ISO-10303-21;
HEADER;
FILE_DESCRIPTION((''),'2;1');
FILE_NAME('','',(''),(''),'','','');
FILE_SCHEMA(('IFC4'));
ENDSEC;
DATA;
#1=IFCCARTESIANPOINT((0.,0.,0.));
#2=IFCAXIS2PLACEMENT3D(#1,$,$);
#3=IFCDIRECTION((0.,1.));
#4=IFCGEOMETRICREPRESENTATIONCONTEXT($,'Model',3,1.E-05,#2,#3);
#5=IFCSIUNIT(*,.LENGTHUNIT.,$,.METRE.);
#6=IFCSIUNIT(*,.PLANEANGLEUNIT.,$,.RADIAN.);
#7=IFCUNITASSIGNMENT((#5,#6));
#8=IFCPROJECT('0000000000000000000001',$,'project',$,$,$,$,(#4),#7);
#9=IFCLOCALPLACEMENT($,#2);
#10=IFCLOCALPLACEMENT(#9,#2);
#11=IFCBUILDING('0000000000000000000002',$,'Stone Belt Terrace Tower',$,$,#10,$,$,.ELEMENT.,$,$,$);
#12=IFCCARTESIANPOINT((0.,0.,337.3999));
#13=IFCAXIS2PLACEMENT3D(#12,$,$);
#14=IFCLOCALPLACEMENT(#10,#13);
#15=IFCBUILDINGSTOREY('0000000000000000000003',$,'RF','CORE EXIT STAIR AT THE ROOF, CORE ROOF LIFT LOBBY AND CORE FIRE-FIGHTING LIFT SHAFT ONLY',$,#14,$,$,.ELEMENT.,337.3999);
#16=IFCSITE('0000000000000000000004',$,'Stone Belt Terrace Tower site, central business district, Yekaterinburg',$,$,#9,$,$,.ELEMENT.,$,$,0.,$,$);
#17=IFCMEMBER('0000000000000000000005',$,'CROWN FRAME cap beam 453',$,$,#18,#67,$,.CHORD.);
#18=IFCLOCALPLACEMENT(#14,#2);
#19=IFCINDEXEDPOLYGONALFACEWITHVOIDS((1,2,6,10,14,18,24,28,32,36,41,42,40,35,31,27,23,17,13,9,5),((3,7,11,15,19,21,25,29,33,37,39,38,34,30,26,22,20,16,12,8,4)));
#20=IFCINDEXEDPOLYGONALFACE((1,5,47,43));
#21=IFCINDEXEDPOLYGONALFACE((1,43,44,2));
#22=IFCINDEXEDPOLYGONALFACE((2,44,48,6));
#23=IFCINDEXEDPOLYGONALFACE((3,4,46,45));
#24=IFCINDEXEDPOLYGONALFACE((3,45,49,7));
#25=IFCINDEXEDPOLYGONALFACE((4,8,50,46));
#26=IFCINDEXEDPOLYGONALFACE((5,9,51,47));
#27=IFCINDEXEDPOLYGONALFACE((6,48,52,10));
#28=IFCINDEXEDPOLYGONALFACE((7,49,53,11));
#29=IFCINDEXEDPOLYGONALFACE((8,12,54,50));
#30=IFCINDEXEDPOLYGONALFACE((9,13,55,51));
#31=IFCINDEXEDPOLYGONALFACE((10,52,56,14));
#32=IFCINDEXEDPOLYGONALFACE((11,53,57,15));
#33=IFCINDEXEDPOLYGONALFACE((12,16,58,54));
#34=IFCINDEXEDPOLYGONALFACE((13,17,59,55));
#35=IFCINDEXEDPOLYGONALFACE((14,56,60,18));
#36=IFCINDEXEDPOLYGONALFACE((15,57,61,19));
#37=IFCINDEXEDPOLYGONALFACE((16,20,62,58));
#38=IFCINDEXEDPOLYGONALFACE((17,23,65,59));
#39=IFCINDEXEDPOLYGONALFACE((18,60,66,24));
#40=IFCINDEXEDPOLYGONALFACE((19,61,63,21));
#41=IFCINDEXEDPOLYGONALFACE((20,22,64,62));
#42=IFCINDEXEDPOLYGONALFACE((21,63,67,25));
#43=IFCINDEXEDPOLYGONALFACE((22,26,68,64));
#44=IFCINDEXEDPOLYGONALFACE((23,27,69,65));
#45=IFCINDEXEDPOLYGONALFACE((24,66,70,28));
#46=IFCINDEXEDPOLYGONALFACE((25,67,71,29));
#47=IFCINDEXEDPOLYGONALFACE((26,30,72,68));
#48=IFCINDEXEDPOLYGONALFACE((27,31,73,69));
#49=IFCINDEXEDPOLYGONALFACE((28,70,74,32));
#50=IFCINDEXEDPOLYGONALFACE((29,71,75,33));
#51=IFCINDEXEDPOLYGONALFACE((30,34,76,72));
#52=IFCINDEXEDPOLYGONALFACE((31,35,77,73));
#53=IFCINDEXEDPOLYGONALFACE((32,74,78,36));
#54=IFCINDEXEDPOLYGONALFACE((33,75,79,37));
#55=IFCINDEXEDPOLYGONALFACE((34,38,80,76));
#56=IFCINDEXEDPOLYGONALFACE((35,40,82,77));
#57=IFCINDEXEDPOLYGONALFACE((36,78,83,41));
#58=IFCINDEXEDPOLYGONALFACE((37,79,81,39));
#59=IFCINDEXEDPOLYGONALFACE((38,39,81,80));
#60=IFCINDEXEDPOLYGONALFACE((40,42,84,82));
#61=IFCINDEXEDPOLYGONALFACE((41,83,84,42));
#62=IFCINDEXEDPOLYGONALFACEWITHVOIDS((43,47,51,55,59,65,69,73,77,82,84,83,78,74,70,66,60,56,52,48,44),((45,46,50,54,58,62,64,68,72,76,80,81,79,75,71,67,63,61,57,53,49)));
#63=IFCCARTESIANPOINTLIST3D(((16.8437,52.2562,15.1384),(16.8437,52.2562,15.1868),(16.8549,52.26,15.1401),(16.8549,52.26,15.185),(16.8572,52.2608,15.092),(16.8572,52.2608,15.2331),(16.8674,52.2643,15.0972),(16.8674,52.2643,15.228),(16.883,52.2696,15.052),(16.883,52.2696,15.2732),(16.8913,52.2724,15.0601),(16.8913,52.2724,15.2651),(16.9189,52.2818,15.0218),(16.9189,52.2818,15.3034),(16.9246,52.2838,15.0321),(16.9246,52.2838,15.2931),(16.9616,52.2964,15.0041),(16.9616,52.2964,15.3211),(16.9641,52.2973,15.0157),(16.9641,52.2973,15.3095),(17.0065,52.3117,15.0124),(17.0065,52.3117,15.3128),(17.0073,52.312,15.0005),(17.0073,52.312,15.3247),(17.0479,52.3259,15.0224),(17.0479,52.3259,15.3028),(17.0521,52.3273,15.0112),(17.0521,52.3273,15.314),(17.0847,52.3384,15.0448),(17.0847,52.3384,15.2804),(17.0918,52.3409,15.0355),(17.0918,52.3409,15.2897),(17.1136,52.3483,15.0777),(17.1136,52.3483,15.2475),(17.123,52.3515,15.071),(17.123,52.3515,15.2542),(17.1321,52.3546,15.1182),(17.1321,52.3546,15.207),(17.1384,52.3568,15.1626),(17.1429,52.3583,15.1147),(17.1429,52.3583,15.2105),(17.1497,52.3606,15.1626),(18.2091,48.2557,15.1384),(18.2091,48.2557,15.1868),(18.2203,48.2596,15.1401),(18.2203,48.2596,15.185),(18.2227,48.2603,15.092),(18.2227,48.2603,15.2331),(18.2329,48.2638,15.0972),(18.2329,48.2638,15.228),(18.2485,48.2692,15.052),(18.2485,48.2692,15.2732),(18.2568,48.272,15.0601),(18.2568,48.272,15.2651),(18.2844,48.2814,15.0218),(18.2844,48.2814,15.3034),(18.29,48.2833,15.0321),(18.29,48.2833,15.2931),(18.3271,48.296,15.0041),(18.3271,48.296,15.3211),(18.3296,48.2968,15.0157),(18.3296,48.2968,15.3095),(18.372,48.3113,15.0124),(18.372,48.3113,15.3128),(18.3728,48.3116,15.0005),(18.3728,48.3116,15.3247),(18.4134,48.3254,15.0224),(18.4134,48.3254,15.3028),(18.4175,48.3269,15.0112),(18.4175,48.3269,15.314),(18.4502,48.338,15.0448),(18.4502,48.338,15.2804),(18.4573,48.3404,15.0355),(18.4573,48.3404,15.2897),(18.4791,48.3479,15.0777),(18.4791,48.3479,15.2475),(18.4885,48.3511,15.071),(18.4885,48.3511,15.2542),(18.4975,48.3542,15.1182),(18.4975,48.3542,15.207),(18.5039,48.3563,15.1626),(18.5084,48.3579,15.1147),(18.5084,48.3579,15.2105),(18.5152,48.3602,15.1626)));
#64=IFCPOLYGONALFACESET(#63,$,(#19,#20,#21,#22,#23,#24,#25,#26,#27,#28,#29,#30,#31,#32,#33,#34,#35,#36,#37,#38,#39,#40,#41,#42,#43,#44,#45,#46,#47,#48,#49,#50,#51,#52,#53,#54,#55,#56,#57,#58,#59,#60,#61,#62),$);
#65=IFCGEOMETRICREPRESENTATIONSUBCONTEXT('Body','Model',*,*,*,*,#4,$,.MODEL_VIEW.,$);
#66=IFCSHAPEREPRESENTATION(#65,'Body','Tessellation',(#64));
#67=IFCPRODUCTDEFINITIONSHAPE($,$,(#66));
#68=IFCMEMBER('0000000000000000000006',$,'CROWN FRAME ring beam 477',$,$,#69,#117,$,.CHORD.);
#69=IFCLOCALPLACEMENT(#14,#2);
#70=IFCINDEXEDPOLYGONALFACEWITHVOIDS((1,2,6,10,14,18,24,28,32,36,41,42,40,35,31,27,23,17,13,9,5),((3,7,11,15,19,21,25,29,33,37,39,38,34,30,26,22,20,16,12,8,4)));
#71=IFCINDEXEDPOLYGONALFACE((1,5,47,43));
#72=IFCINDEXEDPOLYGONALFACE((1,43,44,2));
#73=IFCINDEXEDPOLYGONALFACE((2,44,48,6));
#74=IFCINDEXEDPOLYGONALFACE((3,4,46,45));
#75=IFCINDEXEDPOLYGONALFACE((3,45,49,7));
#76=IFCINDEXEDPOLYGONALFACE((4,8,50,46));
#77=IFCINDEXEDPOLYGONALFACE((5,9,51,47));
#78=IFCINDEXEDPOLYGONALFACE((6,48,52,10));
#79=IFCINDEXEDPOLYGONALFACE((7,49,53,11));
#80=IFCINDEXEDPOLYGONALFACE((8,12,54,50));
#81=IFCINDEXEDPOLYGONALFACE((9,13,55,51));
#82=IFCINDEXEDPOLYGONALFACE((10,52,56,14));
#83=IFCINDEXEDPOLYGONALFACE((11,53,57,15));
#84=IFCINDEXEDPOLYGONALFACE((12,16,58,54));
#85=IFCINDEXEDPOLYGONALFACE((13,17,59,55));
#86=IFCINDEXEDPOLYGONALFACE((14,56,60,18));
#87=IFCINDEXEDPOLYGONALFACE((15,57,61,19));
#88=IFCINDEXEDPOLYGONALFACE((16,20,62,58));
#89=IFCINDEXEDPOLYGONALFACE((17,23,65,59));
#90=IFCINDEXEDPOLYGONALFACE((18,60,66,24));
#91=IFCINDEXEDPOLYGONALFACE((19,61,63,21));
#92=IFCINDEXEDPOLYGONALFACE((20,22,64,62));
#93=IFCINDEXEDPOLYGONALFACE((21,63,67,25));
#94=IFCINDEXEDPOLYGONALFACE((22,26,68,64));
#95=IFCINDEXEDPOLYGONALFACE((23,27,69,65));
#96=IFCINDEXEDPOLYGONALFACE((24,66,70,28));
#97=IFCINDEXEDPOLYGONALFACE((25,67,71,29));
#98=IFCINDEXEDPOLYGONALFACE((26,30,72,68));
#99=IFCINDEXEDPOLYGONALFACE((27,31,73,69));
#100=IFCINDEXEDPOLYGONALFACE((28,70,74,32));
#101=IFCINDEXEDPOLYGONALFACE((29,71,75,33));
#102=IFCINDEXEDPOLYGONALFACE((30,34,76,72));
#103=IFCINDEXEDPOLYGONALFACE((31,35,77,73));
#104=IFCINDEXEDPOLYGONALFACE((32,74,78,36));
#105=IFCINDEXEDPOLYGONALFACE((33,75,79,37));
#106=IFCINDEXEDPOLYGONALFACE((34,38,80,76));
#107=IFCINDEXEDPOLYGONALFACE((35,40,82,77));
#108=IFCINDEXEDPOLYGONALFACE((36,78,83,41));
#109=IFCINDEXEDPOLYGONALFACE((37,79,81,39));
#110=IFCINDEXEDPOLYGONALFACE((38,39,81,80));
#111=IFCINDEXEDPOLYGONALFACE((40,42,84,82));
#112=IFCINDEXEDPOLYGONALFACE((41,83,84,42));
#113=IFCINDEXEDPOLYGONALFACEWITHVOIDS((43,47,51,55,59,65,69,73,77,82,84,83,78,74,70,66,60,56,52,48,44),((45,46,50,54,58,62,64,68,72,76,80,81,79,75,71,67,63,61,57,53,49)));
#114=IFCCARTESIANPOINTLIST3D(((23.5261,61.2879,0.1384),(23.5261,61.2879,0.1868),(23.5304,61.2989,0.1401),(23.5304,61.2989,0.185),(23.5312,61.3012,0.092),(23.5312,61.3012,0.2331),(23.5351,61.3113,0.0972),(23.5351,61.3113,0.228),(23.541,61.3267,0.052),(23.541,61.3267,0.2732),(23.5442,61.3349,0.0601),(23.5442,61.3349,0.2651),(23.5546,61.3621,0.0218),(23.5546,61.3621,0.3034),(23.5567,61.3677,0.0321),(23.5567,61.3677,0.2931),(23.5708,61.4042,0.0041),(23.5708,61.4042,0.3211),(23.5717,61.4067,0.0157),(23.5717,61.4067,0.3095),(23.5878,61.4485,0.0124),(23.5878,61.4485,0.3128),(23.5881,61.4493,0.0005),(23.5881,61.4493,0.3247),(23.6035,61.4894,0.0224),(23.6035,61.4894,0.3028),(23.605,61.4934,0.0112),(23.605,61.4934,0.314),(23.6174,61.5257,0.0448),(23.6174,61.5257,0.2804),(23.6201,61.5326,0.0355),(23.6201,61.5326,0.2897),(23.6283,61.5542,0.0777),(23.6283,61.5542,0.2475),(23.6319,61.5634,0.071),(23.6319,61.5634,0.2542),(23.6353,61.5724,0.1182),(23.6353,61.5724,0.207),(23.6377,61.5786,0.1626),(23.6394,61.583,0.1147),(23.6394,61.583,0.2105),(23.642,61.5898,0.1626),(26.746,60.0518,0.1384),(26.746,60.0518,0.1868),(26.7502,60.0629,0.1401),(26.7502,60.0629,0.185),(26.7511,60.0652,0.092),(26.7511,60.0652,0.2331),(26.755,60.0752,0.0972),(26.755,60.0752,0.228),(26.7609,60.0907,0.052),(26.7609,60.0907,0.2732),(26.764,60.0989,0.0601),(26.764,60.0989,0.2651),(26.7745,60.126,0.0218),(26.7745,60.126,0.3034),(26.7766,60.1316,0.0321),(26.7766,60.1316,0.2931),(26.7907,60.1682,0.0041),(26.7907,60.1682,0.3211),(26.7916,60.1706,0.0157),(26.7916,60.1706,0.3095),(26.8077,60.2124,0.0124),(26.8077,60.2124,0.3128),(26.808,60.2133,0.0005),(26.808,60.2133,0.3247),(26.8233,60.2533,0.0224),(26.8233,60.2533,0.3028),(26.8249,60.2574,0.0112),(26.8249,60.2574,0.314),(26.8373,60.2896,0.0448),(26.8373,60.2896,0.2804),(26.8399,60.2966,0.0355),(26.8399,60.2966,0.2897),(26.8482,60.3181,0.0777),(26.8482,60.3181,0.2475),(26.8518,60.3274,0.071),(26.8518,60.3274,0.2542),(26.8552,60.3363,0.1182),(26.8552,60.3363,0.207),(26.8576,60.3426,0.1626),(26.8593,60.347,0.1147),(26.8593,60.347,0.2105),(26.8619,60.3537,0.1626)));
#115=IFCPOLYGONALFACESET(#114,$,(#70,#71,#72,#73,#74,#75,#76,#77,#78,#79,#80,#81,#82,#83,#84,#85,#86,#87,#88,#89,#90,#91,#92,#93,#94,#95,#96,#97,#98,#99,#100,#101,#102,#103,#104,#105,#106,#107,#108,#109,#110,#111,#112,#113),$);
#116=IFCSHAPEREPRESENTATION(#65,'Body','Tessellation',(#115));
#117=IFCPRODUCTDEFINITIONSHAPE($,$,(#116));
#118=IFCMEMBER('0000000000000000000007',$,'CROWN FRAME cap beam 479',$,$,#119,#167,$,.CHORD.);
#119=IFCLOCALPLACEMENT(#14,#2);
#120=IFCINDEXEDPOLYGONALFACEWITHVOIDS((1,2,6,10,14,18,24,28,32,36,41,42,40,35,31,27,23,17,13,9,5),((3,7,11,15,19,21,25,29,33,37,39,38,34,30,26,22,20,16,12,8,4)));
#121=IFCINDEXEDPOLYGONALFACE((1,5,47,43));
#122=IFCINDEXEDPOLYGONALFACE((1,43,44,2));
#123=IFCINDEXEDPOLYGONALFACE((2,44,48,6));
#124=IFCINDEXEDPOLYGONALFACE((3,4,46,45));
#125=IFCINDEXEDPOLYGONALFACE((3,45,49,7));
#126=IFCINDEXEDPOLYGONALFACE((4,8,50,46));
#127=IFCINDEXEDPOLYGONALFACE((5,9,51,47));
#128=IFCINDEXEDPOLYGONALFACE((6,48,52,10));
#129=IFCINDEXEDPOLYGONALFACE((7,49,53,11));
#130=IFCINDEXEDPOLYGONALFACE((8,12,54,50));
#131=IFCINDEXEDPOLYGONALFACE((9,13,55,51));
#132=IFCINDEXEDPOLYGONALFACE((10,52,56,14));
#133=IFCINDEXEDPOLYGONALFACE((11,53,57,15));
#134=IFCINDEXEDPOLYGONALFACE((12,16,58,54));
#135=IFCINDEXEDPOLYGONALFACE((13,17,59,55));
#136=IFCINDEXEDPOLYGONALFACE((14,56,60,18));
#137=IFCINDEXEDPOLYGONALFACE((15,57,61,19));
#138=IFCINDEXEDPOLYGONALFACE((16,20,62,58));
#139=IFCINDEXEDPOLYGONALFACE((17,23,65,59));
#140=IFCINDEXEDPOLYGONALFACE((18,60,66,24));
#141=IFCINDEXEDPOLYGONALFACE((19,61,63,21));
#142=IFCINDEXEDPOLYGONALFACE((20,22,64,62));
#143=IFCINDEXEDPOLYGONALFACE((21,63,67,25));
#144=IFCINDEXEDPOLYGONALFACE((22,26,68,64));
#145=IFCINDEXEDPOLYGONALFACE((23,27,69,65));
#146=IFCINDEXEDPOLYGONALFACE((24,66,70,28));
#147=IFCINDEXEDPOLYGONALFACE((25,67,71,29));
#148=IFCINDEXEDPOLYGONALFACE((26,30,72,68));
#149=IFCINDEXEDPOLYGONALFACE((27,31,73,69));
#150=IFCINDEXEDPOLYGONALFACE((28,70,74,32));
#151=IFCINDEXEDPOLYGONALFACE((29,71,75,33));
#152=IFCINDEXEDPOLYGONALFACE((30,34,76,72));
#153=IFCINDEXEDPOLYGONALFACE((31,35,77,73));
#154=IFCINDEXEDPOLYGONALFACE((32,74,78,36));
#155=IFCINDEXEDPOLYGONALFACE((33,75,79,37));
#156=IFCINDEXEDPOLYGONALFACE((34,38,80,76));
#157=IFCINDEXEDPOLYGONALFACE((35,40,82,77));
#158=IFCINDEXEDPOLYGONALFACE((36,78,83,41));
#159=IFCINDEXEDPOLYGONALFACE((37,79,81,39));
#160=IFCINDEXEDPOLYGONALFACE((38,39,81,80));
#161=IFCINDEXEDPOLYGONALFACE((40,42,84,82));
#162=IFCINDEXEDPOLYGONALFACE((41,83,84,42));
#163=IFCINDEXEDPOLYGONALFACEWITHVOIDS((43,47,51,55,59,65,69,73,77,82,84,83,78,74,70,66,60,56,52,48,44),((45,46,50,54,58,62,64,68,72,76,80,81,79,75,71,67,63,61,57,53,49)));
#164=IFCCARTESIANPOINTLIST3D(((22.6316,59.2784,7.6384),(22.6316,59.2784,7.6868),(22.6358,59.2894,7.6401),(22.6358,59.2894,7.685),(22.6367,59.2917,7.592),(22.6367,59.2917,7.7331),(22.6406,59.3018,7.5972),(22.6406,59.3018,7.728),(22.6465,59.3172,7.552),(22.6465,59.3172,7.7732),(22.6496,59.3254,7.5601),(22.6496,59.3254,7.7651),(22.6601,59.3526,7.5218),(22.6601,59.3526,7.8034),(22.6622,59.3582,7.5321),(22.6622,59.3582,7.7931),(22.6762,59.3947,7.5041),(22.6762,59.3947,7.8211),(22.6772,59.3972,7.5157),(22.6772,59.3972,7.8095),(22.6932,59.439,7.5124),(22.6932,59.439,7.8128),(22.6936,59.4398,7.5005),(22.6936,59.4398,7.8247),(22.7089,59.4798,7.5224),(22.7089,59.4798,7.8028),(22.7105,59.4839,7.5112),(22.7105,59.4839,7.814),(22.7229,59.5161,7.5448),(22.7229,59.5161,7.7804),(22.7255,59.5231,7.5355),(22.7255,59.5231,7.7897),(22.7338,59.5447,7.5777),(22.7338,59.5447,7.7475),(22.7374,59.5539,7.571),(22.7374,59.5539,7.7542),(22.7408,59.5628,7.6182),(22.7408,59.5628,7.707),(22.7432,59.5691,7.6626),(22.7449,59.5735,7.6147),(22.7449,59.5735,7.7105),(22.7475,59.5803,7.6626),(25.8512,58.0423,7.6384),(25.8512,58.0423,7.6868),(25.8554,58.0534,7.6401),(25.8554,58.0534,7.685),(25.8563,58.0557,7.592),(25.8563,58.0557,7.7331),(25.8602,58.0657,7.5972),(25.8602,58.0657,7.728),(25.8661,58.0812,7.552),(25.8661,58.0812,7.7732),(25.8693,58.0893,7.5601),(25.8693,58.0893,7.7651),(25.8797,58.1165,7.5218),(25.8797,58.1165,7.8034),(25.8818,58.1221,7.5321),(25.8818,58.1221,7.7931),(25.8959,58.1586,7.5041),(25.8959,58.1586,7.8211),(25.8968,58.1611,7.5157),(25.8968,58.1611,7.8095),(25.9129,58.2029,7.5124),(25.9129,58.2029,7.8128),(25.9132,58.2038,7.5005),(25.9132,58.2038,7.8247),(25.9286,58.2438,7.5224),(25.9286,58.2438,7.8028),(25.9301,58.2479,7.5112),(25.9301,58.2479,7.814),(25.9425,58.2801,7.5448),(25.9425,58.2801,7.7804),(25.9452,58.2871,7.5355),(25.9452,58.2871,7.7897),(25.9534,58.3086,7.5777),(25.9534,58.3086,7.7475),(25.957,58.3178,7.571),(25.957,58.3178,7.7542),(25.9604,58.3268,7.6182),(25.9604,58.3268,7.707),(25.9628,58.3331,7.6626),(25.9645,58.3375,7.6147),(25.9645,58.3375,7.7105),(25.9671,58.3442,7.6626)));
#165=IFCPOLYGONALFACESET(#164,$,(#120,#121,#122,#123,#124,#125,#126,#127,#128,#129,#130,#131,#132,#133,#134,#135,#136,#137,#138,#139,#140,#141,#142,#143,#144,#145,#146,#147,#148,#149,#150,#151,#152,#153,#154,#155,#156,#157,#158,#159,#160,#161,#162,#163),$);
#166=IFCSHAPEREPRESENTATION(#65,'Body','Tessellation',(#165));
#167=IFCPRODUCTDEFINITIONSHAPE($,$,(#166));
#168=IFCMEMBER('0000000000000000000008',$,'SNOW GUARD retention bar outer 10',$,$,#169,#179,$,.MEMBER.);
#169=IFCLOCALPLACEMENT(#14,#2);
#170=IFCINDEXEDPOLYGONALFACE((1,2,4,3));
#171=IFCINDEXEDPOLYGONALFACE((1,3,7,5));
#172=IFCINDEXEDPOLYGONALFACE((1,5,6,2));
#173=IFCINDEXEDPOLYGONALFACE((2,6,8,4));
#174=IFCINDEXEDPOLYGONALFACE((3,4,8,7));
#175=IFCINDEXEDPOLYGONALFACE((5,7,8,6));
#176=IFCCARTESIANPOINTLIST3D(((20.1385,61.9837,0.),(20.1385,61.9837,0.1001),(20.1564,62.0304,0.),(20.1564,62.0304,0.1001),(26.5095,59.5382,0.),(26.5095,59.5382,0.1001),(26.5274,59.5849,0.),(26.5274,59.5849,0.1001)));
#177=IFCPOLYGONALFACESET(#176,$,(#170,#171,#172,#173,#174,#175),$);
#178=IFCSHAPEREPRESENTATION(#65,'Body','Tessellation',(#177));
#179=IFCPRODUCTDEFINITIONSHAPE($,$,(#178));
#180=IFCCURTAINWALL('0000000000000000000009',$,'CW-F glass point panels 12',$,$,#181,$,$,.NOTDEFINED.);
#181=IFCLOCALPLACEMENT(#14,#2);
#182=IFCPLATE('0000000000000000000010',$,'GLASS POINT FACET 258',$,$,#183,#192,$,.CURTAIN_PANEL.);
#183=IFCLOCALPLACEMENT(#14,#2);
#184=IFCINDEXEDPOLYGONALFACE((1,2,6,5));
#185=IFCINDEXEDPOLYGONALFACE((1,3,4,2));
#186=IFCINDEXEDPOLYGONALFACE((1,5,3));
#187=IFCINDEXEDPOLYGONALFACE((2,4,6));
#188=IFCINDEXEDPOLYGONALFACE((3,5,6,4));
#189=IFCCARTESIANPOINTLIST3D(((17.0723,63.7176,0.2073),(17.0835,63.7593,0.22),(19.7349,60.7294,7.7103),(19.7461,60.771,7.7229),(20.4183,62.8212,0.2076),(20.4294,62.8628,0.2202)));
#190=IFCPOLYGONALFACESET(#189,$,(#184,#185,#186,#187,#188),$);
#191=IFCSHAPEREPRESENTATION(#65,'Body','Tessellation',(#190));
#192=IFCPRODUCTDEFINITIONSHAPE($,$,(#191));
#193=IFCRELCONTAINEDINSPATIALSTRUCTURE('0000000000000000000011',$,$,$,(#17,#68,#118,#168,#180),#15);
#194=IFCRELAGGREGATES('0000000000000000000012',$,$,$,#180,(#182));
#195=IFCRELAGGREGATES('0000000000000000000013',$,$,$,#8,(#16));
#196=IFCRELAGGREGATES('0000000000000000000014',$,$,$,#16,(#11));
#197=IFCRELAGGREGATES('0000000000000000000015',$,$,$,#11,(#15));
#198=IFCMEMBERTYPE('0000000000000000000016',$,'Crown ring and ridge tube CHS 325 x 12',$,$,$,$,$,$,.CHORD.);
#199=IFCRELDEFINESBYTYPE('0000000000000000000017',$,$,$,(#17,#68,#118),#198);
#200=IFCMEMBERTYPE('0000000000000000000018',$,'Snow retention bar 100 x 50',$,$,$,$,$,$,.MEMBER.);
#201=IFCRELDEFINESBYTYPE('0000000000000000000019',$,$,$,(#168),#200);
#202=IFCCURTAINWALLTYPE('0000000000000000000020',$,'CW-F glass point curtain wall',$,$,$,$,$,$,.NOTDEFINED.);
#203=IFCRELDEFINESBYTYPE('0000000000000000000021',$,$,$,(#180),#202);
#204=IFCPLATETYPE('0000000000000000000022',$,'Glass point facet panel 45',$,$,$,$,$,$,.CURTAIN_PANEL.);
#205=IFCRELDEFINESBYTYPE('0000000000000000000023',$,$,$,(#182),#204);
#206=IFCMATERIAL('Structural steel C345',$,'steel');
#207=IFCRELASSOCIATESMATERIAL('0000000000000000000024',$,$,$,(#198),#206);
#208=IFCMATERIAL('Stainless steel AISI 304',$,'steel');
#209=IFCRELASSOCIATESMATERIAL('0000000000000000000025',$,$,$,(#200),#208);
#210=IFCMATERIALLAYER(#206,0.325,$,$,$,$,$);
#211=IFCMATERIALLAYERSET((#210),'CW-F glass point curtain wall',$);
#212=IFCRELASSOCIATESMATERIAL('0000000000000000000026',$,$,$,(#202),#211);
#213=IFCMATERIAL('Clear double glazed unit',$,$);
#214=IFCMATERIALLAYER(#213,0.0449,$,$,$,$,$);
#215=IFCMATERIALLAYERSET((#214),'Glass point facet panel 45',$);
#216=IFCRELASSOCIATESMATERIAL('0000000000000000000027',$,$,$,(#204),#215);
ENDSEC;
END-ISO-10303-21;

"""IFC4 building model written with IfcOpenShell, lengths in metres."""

from ifc_helpers import new_model, si_unit, direction, frame, origin, origin_2d, place, context, subcontext, project, spatial, polyline, rectangle, hollow_circle, outline, extrude, material, layer, layer_set, material_profile, profile_set, type_object, element, aggregate, save


model = new_model("IFC4")

# Units and contexts
model_context = context("Model", 3, precision=1e-05, world=origin(), true_north=direction((0.0, 1.0)))
body_context = subcontext(model_context, "Body", "Model", "MODEL_VIEW")
ifc_project = project(units=[si_unit("LENGTHUNIT", "METRE"), si_unit("PLANEANGLEUNIT", "RADIAN")], contexts=[model_context])

# Site, building, storey
site_placement = place(None, origin())
site = spatial("IfcSite", under=ifc_project, at=site_placement, Name="Stone Belt Terrace Tower site, central business district, Yekaterinburg", CompositionType="ELEMENT", RefElevation=0.0)
building_placement = place(site_placement, origin())
building = spatial("IfcBuilding", under=site, at=building_placement, Name="Stone Belt Terrace Tower", CompositionType="ELEMENT")
storey_placement = place(building_placement, frame((0.0, 0.0, 337.3999)))
storey = spatial("IfcBuildingStorey", under=building, at=storey_placement, Name="RF", Description="CORE EXIT STAIR AT THE ROOF, CORE ROOF LIFT LOBBY AND CORE FIRE-FIGHTING LIFT SHAFT ONLY", CompositionType="ELEMENT", Elevation=337.3999)

# Members
ifc_material_1 = material(Name="Structural steel C345", Category="steel")
ifc_material_profile_1 = material_profile(ifc_material_1, hollow_circle(Radius=0.1626, WallThickness=0.012, at=origin_2d()), Name="Structural steel C345 CHS 325x12")
ifc_profile_set_1 = profile_set([ifc_material_profile_1], Name="Structural steel C345")
member_type_1 = type_object("IfcMemberType", Name="Crown ring and ridge tube CHS 325 x 12", PredefinedType="CHORD", material=ifc_profile_set_1)
member_1_placement = place(storey_placement, frame((16.9958, 52.3081, 15.1626), z_axis=(0.323029, -0.946389, 0.0), x_axis=(0.946389, 0.323029, 0.0)))
element("IfcMember", 1, at=member_1_placement, inside=storey, type_object=member_type_1, Name="CROWN FRAME cap beam 453", PredefinedType="CHORD", context=body_context, shape_type="SweptSolid", body=[
    extrude(hollow_circle(Radius=0.1626, WallThickness=0.012, at=origin_2d()), origin(), (0.0, 0.0, 1.0), 4.2271),
])
member_2_placement = place(storey_placement, frame((23.5837, 61.438, 0.1626), z_axis=(0.933575, -0.358381, 0.0), x_axis=(0.358381, 0.933575, 0.0)))
element("IfcMember", 2, at=member_2_placement, inside=storey, type_object=member_type_1, Name="CROWN FRAME ring beam 477", PredefinedType="CHORD", context=body_context, shape_type="SweptSolid", body=[
    extrude(hollow_circle(Radius=0.1626, WallThickness=0.012, at=origin_2d()), origin(), (0.0, 0.0, 1.0), 3.449),
])
member_3_placement = place(storey_placement, frame((22.6892, 59.4285, 7.6626), z_axis=(0.933566, -0.358405, 0.0), x_axis=(0.358405, 0.933566, 0.0)))
element("IfcMember", 3, at=member_3_placement, inside=storey, type_object=member_type_1, Name="CROWN FRAME cap beam 479", PredefinedType="CHORD", context=body_context, shape_type="SweptSolid", body=[
    extrude(hollow_circle(Radius=0.1626, WallThickness=0.012, at=origin_2d()), origin(), (0.0, 0.0, 1.0), 3.4487),
])
ifc_material_2 = material(Name="Stainless steel AISI 304", Category="steel")
ifc_material_profile_2 = material_profile(ifc_material_2, rectangle(XDim=0.05, YDim=0.1001, at=origin_2d()), Name="Stainless steel AISI 304 100x50")
ifc_profile_set_2 = profile_set([ifc_material_profile_2], Name="Stainless steel AISI 304")
member_type_2 = type_object("IfcMemberType", Name="Snow retention bar 100 x 50", PredefinedType="MEMBER", material=ifc_profile_set_2)
member_4_placement = place(storey_placement, frame((20.1475, 62.0071, 0.05), z_axis=(0.933584, -0.358358, 0.0), x_axis=(0.358358, 0.933584, 0.0)))
element("IfcMember", 4, at=member_4_placement, inside=storey, type_object=member_type_2, Name="SNOW GUARD retention bar outer 10", PredefinedType="MEMBER", context=body_context, shape_type="SweptSolid", body=[
    extrude(rectangle(XDim=0.05, YDim=0.1001, at=origin_2d()), origin(), (0.0, 0.0, 1.0), 6.8242),
])

# Curtain wall, plate
ifc_layer_1 = layer(ifc_material_1, 0.325)
ifc_layer_set_1 = layer_set([ifc_layer_1], Name="CW-F glass point curtain wall")
curtain_wall_type = type_object("IfcCurtainWallType", Name="CW-F glass point curtain wall", PredefinedType="NOTDEFINED", material=ifc_layer_set_1)
curtain_wall_1_placement = place(storey_placement, origin())
curtain_wall_1 = element("IfcCurtainWall", 5, at=curtain_wall_1_placement, inside=storey, type_object=curtain_wall_type, Name="CW-F glass point panels 12", PredefinedType="NOTDEFINED")
ifc_material_3 = material(Name="Clear double glazed unit")
ifc_layer_2 = layer(ifc_material_3, 0.0449)
ifc_layer_set_2 = layer_set([ifc_layer_2], Name="Glass point facet panel 45")
plate_type = type_object("IfcPlateType", Name="Glass point facet panel 45", PredefinedType="CURTAIN_PANEL", material=ifc_layer_set_2)
plate_1_placement = place(storey_placement, frame((20.4294, 62.8628, 0.2202), z_axis=(0.248351, 0.926995, 0.281072), x_axis=(-0.087399, -0.267536, 0.959576)))
plate_1 = element("IfcPlate", 6, at=plate_1_placement, type_object=plate_type, Name="GLASS POINT FACET 258", PredefinedType="CURTAIN_PANEL", context=body_context, shape_type="SweptSolid", body=[
    extrude(outline(polyline([(0.0, 0.0), (7.8188, 0.0), (0.0524, -3.4636), (0.0, 0.0)])), origin(), (0.0, 0.0, -1.0), 0.0449),
])
aggregate(curtain_wall_1, [plate_1])

save(model, "model.ifc")
